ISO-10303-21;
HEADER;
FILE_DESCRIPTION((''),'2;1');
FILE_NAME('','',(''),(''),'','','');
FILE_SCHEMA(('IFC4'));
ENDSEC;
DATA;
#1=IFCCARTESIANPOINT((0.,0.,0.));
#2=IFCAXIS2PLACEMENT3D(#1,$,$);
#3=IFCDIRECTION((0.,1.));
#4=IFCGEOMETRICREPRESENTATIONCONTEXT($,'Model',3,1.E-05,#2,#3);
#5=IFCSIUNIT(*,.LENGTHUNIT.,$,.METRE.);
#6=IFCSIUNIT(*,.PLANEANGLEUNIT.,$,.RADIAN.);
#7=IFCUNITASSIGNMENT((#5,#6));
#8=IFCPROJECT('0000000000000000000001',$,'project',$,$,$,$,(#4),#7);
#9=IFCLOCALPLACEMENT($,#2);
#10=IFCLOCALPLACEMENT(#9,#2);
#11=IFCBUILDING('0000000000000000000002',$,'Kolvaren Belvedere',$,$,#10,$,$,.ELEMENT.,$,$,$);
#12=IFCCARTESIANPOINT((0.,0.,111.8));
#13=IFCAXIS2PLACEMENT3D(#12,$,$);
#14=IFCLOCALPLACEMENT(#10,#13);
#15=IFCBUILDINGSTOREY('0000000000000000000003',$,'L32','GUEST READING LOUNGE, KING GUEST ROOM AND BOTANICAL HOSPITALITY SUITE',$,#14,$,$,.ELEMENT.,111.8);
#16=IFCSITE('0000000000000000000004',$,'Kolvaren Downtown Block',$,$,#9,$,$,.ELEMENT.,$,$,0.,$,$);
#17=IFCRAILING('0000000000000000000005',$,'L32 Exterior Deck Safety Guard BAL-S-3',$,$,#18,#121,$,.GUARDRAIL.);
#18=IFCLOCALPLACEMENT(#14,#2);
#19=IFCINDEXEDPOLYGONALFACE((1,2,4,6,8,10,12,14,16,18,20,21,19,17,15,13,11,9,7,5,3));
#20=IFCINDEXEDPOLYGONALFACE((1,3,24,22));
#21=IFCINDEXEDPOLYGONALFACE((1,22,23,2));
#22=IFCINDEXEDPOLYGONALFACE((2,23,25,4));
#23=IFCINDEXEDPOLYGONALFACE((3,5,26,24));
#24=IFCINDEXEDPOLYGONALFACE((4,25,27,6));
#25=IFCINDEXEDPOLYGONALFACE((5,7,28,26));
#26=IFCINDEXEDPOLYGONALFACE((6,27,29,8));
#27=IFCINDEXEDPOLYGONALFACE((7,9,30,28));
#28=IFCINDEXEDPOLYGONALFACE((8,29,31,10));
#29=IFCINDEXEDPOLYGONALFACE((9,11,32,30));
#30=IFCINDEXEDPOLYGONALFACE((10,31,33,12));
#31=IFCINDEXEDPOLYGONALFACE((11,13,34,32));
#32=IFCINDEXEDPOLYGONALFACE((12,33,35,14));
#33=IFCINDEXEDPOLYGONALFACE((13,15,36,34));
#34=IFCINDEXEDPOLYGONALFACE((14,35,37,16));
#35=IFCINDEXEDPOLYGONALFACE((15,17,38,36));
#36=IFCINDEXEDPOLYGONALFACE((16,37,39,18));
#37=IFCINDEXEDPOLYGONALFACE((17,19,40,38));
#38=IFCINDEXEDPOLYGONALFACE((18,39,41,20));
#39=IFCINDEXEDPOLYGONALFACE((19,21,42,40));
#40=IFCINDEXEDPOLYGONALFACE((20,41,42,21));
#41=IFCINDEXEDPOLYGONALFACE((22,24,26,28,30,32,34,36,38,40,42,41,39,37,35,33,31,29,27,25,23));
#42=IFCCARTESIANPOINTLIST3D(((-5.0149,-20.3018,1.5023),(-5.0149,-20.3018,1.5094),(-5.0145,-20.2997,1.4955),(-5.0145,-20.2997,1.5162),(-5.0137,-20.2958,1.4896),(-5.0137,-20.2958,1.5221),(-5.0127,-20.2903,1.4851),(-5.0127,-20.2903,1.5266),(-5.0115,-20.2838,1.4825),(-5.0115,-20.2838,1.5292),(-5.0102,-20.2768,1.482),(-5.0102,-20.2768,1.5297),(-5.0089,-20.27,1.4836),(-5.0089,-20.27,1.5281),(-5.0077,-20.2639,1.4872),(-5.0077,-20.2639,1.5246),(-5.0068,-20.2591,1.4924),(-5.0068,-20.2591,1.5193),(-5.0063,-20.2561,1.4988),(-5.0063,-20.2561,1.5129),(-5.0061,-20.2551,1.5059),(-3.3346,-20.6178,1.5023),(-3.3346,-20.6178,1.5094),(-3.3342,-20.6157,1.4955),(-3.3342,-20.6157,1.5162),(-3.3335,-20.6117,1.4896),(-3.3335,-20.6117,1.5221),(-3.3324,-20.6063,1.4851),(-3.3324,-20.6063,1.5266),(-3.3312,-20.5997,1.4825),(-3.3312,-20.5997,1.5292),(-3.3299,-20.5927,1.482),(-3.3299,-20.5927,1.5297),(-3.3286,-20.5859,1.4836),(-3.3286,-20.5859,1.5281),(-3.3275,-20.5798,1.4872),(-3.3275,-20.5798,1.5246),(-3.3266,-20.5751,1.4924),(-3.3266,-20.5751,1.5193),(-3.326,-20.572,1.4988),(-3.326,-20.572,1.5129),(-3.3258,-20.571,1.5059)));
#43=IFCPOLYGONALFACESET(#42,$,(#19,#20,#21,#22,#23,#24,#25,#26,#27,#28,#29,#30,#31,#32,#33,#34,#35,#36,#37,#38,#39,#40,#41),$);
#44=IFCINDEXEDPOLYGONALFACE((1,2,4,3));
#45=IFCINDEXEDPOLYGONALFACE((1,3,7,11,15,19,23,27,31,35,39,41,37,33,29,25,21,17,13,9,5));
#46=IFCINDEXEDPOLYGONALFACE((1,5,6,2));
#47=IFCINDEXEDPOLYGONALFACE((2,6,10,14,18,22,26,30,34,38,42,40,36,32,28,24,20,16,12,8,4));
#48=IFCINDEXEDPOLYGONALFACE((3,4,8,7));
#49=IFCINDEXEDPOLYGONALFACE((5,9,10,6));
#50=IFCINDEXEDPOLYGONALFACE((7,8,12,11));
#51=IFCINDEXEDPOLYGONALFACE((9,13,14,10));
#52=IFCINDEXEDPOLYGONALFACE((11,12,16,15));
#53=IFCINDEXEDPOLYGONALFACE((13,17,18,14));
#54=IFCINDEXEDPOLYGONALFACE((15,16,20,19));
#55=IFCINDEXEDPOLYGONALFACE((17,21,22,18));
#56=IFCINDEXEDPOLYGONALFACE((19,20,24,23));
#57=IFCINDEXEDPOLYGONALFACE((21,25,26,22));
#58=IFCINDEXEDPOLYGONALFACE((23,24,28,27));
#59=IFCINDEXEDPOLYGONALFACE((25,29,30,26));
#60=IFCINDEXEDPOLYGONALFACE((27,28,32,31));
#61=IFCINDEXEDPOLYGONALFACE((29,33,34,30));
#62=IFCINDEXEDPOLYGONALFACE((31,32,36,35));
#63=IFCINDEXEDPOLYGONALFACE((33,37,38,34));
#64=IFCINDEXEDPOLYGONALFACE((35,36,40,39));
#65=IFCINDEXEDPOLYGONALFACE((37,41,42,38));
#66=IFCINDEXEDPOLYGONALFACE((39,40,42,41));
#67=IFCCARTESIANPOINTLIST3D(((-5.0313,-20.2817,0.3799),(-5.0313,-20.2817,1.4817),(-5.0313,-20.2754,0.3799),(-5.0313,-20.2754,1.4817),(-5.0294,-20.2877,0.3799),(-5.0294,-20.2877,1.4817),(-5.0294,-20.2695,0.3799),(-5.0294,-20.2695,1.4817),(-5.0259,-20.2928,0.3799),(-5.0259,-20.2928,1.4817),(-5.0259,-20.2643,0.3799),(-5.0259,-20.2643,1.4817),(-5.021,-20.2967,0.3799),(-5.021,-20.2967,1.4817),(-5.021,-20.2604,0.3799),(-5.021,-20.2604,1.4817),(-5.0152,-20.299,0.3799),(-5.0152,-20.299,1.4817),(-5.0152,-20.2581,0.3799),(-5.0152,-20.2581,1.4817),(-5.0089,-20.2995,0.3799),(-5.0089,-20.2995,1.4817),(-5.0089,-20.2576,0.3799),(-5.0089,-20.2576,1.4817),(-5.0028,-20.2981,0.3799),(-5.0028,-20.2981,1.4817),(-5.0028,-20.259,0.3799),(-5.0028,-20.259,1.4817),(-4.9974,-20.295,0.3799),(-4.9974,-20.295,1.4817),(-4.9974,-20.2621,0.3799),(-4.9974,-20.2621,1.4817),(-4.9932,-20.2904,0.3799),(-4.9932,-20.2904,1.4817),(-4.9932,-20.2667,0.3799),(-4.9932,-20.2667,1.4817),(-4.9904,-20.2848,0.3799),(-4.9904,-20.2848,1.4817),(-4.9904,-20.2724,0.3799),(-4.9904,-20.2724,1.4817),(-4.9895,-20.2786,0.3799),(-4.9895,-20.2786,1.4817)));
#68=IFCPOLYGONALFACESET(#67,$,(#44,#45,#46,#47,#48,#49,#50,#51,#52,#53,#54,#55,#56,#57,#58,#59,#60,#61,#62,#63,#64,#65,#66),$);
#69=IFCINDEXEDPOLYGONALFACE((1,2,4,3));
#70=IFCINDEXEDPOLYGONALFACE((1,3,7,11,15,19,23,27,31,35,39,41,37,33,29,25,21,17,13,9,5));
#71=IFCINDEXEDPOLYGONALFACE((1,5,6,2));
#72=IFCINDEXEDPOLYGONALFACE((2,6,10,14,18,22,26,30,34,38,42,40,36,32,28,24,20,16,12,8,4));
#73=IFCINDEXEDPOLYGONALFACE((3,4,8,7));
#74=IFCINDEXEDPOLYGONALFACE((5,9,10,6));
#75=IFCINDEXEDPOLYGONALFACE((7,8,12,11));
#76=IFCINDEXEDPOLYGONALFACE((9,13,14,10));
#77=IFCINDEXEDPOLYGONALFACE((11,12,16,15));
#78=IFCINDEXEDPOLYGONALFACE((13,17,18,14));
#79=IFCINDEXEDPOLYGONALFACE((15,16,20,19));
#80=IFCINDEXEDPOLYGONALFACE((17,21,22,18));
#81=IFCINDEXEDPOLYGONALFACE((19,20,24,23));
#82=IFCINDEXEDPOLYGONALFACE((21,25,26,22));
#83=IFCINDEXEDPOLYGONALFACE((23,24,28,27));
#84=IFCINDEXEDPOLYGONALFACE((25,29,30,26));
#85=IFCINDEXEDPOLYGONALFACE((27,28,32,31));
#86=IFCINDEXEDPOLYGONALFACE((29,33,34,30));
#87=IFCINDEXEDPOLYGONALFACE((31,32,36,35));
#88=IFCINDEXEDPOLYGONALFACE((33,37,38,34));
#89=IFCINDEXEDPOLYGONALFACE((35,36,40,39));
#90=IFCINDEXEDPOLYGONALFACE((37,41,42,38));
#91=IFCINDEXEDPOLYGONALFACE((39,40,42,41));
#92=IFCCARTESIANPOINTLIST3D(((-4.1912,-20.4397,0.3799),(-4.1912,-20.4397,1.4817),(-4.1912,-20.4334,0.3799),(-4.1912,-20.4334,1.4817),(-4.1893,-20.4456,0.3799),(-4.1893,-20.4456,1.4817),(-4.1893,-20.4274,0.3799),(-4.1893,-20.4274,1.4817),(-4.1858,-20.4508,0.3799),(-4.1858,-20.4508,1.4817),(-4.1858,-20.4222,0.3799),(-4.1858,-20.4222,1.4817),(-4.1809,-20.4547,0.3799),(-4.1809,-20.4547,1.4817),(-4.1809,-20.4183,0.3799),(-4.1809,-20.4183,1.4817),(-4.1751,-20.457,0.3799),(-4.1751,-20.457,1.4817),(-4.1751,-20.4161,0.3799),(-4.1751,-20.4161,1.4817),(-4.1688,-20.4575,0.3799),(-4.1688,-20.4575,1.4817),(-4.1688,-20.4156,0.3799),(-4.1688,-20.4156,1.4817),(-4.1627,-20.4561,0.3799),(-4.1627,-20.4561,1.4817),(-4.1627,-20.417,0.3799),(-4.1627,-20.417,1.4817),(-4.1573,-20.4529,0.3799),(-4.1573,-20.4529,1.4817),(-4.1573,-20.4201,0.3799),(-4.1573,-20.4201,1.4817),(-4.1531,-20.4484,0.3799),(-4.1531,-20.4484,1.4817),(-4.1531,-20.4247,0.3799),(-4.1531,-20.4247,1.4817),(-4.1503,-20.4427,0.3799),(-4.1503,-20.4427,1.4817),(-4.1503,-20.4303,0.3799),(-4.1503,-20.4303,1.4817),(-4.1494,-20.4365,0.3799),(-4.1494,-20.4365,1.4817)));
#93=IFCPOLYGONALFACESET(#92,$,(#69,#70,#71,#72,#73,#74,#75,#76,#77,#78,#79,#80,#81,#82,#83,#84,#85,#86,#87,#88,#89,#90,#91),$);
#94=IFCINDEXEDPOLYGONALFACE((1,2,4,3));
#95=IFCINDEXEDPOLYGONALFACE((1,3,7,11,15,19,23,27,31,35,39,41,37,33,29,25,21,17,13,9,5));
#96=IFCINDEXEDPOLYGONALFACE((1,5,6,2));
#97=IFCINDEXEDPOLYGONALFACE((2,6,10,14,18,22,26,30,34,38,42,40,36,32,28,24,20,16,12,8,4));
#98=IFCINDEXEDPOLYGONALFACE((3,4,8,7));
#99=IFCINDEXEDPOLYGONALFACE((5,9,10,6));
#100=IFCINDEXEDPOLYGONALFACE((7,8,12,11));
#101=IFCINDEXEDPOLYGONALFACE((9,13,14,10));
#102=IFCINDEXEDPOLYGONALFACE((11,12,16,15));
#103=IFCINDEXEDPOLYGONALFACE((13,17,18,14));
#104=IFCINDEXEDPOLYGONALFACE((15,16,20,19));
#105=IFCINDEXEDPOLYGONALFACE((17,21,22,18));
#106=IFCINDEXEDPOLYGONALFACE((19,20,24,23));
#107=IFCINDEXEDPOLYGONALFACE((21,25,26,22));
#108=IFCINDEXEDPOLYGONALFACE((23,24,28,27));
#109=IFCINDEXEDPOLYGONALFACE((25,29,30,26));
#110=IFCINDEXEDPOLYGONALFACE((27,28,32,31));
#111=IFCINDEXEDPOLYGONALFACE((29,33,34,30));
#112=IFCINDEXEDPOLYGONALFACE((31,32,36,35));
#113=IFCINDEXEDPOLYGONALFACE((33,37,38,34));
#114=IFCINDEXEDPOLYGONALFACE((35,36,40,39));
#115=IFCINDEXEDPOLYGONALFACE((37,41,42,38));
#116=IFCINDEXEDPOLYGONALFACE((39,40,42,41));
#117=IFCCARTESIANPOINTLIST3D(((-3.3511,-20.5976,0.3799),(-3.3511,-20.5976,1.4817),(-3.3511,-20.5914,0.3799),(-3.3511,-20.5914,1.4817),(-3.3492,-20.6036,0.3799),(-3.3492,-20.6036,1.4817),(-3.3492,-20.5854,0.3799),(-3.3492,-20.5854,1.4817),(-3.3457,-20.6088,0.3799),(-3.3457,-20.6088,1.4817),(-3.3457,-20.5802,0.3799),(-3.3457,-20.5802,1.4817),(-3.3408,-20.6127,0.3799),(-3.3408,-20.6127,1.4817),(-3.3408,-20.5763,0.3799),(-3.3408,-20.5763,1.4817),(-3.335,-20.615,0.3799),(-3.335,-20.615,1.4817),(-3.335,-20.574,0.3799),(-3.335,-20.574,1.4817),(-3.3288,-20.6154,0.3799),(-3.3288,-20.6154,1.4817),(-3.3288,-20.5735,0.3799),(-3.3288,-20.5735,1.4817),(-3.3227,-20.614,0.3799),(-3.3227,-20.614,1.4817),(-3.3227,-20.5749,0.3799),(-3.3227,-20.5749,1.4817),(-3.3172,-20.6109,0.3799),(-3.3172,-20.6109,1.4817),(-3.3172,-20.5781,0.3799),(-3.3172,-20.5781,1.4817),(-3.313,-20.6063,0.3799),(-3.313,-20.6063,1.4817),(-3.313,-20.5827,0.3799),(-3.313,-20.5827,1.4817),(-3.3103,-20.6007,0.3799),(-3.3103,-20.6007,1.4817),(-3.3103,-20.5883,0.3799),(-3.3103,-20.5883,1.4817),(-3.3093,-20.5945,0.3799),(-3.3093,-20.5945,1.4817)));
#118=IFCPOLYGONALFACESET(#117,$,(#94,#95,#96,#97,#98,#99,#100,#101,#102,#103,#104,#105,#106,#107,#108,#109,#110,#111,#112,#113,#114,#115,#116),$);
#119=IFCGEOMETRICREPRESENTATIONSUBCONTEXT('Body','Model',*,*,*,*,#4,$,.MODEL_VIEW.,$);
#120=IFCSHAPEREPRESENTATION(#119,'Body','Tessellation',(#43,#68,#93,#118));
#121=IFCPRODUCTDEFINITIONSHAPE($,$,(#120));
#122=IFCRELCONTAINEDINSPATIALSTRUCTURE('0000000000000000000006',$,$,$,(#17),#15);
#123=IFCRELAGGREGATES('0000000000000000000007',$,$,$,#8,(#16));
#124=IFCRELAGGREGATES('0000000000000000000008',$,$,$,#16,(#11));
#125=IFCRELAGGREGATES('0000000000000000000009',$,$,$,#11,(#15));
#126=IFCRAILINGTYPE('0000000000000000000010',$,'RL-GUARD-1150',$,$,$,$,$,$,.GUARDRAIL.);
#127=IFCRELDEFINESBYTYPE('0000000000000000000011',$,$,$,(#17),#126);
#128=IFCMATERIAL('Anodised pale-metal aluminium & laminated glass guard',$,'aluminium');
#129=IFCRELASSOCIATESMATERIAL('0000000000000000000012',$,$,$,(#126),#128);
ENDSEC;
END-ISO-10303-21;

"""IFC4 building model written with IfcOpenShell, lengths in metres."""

from ifc_helpers import new_model, si_unit, direction, frame, origin, origin_2d, place, context, subcontext, project, spatial, circle, extrude, material, type_object, element, save


model = new_model("IFC4")

# Units and contexts
model_context = context("Model", 3, precision=1e-05, world=origin(), true_north=direction((0.0, 1.0)))
body_context = subcontext(model_context, "Body", "Model", "MODEL_VIEW")
ifc_project = project(units=[si_unit("LENGTHUNIT", "METRE"), si_unit("PLANEANGLEUNIT", "RADIAN")], contexts=[model_context])

# Site, building, storey
site_placement = place(None, origin())
site = spatial("IfcSite", under=ifc_project, at=site_placement, Name="Kolvaren Downtown Block", CompositionType="ELEMENT", RefElevation=0.0)
building_placement = place(site_placement, origin())
building = spatial("IfcBuilding", under=site, at=building_placement, Name="Kolvaren Belvedere", CompositionType="ELEMENT")
storey_placement = place(building_placement, frame((0.0, 0.0, 111.8)))
storey = spatial("IfcBuildingStorey", under=building, at=storey_placement, Name="L32", Description="GUEST READING LOUNGE, KING GUEST ROOM AND BOTANICAL HOSPITALITY SUITE", CompositionType="ELEMENT", Elevation=111.8)

# Railing
ifc_material_1 = material(Name="Anodised pale-metal aluminium & laminated glass guard", Category="aluminium")
railing_type = type_object("IfcRailingType", Name="RL-GUARD-1150", PredefinedType="GUARDRAIL", material=ifc_material_1)
railing_1_placement = place(storey_placement, frame((-5.0105, -20.2786, 0.3799)))
element("IfcRailing", 1, at=railing_1_placement, inside=storey, type_object=railing_type, Name="L32 Exterior Deck Safety Guard BAL-S-3", PredefinedType="GUARDRAIL", context=body_context, shape_type="SweptSolid", body=[
    extrude(circle(Radius=0.0239, at=origin_2d()), frame((0.0, 0.0, 1.126), z_axis=(0.982778, -0.184789, 0.0), x_axis=(0.184789, 0.982778, 0.0)), (0.0, 0.0, 1.0), 1.7097),
    extrude(circle(Radius=0.021, at=origin_2d()), origin(), (0.0, 0.0, 1.0), 1.1018),
    extrude(circle(Radius=0.021, at=origin_2d()), frame((0.8401, -0.158, 0.0)), (0.0, 0.0, 1.0), 1.1018),
    extrude(circle(Radius=0.021, at=origin_2d()), frame((1.6802, -0.3159, 0.0)), (0.0, 0.0, 1.0), 1.1018),
])

save(model, "model.ifc")
